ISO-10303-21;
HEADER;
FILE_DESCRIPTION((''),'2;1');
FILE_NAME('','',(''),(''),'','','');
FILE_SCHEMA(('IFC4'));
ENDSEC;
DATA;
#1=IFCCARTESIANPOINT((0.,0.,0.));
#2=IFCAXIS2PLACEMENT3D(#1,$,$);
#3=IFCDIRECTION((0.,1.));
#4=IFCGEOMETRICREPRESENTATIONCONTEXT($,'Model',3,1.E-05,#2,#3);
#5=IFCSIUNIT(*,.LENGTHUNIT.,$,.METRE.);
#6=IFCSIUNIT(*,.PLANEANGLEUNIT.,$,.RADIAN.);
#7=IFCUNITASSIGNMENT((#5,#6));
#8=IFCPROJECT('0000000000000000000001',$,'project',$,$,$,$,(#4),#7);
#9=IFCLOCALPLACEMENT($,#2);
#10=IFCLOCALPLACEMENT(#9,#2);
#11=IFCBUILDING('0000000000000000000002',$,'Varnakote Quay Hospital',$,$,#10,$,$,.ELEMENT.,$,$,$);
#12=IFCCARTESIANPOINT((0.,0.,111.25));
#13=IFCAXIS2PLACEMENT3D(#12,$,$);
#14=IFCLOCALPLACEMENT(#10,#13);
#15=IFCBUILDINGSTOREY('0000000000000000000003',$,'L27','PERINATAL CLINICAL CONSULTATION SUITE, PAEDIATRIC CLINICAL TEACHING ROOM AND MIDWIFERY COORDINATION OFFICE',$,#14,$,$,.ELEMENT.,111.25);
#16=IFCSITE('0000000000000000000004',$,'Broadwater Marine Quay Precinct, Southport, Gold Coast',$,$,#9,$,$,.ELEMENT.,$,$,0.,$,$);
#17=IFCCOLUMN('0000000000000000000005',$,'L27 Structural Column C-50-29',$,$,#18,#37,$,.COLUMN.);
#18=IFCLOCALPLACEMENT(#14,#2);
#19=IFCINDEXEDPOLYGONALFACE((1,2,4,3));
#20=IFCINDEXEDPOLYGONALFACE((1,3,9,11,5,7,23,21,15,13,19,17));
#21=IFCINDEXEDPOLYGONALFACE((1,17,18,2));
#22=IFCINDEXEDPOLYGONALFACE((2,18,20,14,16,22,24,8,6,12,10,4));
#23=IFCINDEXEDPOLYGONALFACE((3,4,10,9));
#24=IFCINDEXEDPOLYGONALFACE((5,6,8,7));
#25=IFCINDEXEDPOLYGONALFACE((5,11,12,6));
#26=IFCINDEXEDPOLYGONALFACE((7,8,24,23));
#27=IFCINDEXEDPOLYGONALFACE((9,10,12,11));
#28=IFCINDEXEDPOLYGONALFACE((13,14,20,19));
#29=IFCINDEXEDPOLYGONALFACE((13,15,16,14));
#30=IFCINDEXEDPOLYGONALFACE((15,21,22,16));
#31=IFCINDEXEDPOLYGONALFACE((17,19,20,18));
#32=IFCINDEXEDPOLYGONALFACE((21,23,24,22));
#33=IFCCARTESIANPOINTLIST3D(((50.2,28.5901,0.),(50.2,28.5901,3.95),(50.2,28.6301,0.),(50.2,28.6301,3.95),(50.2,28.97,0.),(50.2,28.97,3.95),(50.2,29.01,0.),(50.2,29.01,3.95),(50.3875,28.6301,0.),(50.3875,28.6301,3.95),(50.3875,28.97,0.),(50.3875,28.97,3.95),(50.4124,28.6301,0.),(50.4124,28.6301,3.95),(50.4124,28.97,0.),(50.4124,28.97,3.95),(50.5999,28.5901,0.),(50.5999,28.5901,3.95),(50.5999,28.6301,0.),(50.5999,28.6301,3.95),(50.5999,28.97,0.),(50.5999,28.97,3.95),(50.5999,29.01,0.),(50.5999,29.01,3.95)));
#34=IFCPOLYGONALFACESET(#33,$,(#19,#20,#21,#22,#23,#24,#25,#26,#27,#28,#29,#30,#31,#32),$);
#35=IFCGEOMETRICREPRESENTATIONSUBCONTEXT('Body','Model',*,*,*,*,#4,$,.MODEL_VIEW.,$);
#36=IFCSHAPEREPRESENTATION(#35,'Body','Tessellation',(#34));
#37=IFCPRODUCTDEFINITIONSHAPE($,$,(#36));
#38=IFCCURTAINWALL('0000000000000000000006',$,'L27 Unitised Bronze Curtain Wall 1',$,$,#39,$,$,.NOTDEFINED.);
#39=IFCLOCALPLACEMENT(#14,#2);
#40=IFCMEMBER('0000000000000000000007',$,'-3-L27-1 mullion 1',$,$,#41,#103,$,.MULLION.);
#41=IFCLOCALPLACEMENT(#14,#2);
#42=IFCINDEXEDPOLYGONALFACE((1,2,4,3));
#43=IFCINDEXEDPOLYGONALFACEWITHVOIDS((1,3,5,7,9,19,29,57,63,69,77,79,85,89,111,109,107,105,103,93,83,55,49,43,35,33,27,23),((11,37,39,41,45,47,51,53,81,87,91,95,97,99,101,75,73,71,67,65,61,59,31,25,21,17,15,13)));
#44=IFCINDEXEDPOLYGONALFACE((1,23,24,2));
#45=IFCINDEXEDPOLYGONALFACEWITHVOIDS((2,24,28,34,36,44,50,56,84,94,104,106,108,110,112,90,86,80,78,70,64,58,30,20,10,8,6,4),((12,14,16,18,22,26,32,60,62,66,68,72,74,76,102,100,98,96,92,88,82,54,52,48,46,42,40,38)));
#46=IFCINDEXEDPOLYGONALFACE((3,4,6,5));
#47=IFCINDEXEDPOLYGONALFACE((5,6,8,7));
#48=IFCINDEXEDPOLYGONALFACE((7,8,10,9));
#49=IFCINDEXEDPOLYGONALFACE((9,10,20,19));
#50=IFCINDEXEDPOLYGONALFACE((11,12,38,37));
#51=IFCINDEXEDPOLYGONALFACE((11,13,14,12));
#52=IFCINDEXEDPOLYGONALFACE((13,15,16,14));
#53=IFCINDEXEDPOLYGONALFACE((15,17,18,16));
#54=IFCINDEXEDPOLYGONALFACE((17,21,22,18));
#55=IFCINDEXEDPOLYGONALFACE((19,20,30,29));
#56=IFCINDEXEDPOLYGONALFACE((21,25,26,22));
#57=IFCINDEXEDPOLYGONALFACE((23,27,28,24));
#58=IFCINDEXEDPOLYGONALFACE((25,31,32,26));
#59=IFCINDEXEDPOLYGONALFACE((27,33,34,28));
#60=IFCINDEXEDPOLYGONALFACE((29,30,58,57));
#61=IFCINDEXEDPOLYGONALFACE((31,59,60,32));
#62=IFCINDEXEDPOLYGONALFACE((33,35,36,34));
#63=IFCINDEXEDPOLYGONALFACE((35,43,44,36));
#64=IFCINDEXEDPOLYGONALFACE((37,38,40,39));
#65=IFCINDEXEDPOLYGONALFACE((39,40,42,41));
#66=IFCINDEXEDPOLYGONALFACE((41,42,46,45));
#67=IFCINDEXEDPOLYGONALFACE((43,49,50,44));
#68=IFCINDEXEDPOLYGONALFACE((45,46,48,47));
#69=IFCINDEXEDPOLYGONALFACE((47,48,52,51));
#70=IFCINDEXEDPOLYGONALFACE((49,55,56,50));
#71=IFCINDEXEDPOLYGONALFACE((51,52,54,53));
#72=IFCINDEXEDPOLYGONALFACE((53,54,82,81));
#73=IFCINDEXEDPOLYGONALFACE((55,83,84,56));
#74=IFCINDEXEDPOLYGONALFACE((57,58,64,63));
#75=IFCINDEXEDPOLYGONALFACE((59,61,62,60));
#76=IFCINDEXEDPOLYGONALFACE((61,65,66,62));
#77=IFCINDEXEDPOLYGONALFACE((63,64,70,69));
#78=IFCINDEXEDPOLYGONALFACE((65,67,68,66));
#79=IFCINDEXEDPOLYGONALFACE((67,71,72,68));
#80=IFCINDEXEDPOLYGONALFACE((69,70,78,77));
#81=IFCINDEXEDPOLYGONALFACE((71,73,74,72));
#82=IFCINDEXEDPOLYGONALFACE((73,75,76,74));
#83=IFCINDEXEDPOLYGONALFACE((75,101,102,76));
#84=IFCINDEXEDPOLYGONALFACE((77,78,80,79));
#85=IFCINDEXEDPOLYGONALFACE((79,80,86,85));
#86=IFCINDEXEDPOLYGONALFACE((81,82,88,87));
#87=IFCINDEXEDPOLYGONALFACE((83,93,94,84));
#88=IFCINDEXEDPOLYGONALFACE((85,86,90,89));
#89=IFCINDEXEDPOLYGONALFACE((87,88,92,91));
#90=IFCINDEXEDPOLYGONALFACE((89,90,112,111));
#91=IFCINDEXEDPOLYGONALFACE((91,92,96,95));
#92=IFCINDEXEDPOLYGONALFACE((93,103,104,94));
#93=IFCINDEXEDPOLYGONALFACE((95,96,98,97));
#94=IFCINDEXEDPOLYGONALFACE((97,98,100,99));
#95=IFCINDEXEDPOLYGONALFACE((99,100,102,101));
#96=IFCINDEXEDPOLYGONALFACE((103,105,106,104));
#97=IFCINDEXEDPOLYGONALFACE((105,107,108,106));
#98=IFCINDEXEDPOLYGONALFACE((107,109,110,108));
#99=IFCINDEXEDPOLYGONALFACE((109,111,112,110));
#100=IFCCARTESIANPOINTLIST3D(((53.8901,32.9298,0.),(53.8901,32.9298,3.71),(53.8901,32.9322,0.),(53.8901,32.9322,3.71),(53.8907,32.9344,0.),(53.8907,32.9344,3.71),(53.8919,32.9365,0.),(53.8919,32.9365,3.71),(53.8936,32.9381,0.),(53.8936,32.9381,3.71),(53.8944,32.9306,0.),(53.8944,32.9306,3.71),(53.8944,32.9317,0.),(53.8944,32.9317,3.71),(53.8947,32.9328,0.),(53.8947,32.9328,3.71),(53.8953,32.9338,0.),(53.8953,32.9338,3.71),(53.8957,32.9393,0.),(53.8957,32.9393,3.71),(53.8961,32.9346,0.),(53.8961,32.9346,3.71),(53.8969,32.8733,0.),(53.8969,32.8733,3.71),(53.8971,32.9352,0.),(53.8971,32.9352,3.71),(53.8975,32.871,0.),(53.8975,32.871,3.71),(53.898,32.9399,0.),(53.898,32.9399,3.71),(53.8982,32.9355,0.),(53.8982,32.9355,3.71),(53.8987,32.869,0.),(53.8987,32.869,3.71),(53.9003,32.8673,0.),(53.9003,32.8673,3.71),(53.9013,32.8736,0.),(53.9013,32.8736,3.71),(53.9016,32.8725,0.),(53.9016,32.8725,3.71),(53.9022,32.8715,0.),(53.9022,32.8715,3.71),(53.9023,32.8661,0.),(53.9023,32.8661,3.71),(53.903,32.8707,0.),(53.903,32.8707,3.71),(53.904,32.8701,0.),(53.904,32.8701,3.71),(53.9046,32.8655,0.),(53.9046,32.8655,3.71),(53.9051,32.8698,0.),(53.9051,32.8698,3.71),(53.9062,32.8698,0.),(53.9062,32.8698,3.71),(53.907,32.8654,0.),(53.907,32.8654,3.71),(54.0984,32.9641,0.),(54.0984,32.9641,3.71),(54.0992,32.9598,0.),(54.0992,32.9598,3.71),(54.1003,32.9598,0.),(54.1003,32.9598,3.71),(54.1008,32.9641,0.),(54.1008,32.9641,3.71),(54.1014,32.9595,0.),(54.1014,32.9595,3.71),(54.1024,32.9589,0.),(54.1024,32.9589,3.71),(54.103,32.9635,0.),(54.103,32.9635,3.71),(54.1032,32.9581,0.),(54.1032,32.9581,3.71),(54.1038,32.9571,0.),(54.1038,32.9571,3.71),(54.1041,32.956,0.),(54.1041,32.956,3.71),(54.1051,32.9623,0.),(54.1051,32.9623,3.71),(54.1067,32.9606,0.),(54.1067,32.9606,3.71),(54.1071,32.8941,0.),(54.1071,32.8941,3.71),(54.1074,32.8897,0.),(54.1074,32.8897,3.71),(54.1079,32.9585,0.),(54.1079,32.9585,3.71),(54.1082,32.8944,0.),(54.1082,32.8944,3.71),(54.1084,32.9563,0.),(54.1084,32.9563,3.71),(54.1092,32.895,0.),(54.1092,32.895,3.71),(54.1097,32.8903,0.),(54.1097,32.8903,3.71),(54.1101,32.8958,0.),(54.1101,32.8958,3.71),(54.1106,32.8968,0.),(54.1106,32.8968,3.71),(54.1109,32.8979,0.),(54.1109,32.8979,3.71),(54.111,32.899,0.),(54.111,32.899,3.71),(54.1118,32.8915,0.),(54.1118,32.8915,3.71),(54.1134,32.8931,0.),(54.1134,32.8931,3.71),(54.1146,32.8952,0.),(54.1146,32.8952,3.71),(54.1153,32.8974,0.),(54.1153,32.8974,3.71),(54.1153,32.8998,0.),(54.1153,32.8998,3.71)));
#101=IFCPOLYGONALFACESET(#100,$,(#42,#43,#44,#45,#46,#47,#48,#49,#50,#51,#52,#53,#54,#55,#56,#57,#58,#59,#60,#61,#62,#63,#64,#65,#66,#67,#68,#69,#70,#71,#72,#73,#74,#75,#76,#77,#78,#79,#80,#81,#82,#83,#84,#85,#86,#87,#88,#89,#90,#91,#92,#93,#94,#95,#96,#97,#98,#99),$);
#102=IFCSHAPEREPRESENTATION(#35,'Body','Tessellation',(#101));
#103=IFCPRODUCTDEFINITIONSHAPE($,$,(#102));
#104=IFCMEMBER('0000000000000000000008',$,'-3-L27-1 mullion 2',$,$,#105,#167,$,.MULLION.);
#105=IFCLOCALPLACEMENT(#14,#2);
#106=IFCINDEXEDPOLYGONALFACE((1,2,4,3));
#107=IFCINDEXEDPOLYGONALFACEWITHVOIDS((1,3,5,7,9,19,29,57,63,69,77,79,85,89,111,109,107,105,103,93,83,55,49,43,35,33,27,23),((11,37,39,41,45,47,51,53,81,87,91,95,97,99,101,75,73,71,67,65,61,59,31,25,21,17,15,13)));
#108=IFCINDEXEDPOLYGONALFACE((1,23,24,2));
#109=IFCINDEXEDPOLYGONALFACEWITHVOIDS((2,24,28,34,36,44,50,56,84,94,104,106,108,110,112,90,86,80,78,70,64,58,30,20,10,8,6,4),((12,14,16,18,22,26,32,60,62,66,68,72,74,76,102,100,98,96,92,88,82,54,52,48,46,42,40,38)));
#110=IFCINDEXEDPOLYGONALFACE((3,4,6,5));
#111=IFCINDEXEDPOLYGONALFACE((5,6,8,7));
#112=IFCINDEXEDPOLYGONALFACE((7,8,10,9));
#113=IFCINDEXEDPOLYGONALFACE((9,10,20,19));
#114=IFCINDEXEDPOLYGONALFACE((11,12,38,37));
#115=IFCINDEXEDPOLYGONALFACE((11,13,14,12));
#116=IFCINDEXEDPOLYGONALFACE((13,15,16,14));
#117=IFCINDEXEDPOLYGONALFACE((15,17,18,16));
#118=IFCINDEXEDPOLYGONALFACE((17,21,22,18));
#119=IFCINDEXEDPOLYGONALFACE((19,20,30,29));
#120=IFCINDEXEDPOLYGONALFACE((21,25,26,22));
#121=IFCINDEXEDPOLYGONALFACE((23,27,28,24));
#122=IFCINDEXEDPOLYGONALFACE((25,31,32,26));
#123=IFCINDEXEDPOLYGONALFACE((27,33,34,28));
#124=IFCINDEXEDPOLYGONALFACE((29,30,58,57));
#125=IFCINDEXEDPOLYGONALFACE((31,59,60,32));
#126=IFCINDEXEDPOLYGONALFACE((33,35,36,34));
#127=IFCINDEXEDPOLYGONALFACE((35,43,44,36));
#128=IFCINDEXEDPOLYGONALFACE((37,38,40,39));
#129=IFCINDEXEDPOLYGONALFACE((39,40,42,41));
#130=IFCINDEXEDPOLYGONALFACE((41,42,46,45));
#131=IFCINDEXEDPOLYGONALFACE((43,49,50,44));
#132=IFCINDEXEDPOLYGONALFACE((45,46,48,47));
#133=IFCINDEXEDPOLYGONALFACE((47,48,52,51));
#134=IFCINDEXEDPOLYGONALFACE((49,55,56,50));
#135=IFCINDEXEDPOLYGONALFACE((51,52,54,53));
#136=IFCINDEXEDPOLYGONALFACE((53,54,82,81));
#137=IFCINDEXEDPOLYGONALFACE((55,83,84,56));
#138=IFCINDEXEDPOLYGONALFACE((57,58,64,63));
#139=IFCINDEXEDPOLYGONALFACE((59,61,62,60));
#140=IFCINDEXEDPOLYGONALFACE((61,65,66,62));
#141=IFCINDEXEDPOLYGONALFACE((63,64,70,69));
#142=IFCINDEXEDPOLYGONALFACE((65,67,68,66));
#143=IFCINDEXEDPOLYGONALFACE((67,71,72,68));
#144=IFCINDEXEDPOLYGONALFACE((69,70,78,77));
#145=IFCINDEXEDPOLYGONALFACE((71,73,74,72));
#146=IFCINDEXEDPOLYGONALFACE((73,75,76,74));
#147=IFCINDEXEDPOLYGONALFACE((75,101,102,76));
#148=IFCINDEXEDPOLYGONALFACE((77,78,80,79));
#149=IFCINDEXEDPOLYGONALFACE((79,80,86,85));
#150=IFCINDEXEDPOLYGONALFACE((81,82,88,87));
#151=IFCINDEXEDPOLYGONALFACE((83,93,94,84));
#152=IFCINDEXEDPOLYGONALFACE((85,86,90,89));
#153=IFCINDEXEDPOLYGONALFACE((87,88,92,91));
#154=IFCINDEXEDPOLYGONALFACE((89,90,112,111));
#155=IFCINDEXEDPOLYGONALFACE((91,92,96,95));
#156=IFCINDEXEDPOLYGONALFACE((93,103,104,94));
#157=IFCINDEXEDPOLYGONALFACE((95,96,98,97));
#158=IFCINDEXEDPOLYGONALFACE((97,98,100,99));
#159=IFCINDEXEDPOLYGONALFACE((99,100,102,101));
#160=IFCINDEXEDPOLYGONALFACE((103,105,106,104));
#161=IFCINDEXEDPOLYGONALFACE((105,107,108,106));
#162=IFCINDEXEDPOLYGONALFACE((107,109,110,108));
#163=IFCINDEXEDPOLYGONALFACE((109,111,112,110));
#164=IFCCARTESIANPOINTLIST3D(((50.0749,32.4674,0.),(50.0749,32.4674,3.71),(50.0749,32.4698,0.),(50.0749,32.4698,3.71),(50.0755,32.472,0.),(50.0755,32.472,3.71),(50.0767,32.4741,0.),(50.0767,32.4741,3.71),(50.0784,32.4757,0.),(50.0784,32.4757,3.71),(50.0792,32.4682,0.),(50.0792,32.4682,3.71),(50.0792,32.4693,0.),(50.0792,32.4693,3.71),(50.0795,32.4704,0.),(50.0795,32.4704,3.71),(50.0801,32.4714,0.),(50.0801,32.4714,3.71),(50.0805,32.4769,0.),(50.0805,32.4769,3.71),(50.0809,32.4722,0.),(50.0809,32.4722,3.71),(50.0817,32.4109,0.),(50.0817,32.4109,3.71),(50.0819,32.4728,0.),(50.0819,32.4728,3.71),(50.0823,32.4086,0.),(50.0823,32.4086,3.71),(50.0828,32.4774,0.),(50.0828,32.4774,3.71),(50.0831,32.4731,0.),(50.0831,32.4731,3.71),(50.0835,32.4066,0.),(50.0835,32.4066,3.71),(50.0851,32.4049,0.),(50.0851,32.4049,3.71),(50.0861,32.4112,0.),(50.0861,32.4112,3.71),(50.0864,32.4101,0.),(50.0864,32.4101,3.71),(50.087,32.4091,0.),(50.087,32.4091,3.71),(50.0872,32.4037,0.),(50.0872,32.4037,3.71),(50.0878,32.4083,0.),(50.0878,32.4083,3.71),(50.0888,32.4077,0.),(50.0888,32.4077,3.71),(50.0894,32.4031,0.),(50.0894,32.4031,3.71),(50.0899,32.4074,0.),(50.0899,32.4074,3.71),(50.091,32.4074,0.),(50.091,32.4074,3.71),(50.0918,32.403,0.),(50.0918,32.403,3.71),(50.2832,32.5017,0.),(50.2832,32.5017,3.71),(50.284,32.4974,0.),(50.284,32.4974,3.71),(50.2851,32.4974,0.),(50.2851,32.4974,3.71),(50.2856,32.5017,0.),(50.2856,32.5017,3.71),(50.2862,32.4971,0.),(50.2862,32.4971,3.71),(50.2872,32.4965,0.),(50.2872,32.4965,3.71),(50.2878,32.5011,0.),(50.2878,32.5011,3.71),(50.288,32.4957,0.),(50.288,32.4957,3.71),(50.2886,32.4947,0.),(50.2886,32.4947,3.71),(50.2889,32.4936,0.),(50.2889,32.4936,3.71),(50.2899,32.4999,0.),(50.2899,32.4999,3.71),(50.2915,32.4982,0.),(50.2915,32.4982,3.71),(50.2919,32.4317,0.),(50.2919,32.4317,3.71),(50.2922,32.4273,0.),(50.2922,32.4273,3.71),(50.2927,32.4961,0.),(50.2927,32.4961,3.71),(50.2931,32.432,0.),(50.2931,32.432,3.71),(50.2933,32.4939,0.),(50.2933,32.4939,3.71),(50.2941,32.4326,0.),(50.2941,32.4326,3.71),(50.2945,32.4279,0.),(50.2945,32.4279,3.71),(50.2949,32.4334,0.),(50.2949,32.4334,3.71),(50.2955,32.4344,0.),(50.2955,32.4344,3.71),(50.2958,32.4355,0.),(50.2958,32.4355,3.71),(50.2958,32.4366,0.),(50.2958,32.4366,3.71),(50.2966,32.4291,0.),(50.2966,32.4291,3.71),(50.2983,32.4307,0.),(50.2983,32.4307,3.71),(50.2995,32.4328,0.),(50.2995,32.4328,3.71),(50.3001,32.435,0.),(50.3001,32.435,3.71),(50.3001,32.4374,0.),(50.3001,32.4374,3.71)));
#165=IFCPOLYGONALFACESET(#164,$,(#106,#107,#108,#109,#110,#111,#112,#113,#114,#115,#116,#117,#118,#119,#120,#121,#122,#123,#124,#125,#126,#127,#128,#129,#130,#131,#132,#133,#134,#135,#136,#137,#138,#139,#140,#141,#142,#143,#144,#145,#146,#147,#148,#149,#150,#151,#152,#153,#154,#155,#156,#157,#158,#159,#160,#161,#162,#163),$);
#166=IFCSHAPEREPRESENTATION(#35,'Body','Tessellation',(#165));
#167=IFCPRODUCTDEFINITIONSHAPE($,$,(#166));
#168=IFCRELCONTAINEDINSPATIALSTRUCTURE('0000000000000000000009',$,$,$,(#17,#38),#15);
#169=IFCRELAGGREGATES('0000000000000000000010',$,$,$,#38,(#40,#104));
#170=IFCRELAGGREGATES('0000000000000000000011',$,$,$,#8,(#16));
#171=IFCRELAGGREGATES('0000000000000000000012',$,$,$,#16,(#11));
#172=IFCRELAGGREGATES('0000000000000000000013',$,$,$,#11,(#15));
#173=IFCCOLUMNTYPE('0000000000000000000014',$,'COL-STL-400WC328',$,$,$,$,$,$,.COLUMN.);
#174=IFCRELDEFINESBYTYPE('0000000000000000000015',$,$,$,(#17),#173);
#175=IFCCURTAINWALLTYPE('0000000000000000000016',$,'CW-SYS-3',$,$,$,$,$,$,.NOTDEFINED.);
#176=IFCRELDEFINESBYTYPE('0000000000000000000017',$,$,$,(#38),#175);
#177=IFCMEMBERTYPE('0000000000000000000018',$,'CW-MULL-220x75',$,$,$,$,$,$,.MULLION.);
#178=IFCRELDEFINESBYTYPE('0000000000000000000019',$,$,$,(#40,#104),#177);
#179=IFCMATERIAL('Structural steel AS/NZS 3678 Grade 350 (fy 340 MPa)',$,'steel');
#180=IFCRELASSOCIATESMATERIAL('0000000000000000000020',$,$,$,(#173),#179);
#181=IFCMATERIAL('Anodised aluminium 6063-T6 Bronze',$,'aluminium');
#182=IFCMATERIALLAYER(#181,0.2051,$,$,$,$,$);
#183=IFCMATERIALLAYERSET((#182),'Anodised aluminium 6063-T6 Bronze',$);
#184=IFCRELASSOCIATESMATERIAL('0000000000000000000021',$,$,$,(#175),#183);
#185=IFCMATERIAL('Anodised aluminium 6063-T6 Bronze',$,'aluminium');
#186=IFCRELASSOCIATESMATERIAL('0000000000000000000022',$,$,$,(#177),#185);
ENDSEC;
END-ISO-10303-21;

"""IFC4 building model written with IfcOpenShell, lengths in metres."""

from ifc_helpers import new_model, si_unit, direction, frame, origin, origin_2d, place, context, subcontext, project, spatial, hollow_rectangle, i_section, extrude, material, layer, layer_set, material_profile, profile_set, type_object, element, aggregate, save


model = new_model("IFC4")

# Units and contexts
model_context = context("Model", 3, precision=1e-05, world=origin(), true_north=direction((0.0, 1.0)))
body_context = subcontext(model_context, "Body", "Model", "MODEL_VIEW")
ifc_project = project(units=[si_unit("LENGTHUNIT", "METRE"), si_unit("PLANEANGLEUNIT", "RADIAN")], contexts=[model_context])

# Site, building, storey
site_placement = place(None, origin())
site = spatial("IfcSite", under=ifc_project, at=site_placement, Name="Broadwater Marine Quay Precinct, Southport, Gold Coast", CompositionType="ELEMENT", RefElevation=0.0)
building_placement = place(site_placement, origin())
building = spatial("IfcBuilding", under=site, at=building_placement, Name="Varnakote Quay Hospital", CompositionType="ELEMENT")
storey_placement = place(building_placement, frame((0.0, 0.0, 111.25)))
storey = spatial("IfcBuildingStorey", under=building, at=storey_placement, Name="L27", Description="PERINATAL CLINICAL CONSULTATION SUITE, PAEDIATRIC CLINICAL TEACHING ROOM AND MIDWIFERY COORDINATION OFFICE", CompositionType="ELEMENT", Elevation=111.25)

# Column
ifc_material_1 = material(Name="Structural steel AS/NZS 3678 Grade 350 (fy 340 MPa)", Category="steel")
ifc_material_profile_1 = material_profile(ifc_material_1, i_section(OverallWidth=0.3999, OverallDepth=0.4199, WebThickness=0.0249, FlangeThickness=0.04, at=origin_2d()), Name="400WC328")
ifc_profile_set_1 = profile_set([ifc_material_profile_1], Name="Structural steel AS/NZS 3678 Grade 350 (fy 340 MPa)")
column_type = type_object("IfcColumnType", Name="COL-STL-400WC328", PredefinedType="COLUMN", material=ifc_profile_set_1)
column_placement = place(storey_placement, frame((50.3999, 28.8, 0.0), z_axis=(0.0, 0.0, 1.0), x_axis=(1.0, 0.0, 0.0)))
element("IfcColumn", 1, at=column_placement, inside=storey, type_object=column_type, Name="L27 Structural Column C-50-29", PredefinedType="COLUMN", context=body_context, shape_type="SweptSolid", body=[
    extrude(i_section(OverallWidth=0.3999, OverallDepth=0.4199, WebThickness=0.0249, FlangeThickness=0.04, at=origin_2d()), origin(), (0.0, 0.0, 1.0), 3.95),
])

# Curtain wall, members
ifc_material_2 = material(Name="Anodised aluminium 6063-T6 Bronze", Category="aluminium")
ifc_layer_1 = layer(ifc_material_2, 0.2051)
ifc_layer_set_1 = layer_set([ifc_layer_1], Name="Anodised aluminium 6063-T6 Bronze")
curtain_wall_type = type_object("IfcCurtainWallType", Name="CW-SYS-3", PredefinedType="NOTDEFINED", material=ifc_layer_set_1)
curtain_wall_placement = place(storey_placement, origin())
curtain_wall = element("IfcCurtainWall", 2, at=curtain_wall_placement, inside=storey, type_object=curtain_wall_type, Name="L27 Unitised Bronze Curtain Wall 1", PredefinedType="NOTDEFINED")
ifc_material_3 = material(Name="Anodised aluminium 6063-T6 Bronze", Category="aluminium")
ifc_material_profile_2 = material_profile(ifc_material_3, hollow_rectangle(XDim=0.075, YDim=0.22, WallThickness=0.0044, InnerFilletRadius=0.0044, OuterFilletRadius=0.009, at=origin_2d()), Name="CW-MULL-220x75")
ifc_profile_set_2 = profile_set([ifc_material_profile_2], Name="Anodised aluminium 6063-T6 Bronze")
member_type_1 = type_object("IfcMemberType", Name="CW-MULL-220x75", PredefinedType="MULLION", material=ifc_profile_set_2)
member_1_placement = place(storey_placement, frame((54.0027, 32.9148, 0.0), z_axis=(0.0, 0.0, 1.0), x_axis=(0.120327, -0.992734, 0.0)))
member_1 = element("IfcMember", 3, at=member_1_placement, type_object=member_type_1, Name="-3-L27-1 mullion 1", PredefinedType="MULLION", context=body_context, shape_type="SweptSolid", body=[
    extrude(hollow_rectangle(XDim=0.075, YDim=0.22, WallThickness=0.0044, InnerFilletRadius=0.0044, OuterFilletRadius=0.009, at=origin_2d()), origin(), (0.0, 0.0, 1.0), 3.71),
])
member_2_placement = place(storey_placement, frame((50.1875, 32.4524, 0.0), z_axis=(0.0, 0.0, 1.0), x_axis=(0.120327, -0.992734, 0.0)))
member_2 = element("IfcMember", 4, at=member_2_placement, type_object=member_type_1, Name="-3-L27-1 mullion 2", PredefinedType="MULLION", context=body_context, shape_type="SweptSolid", body=[
    extrude(hollow_rectangle(XDim=0.075, YDim=0.22, WallThickness=0.0044, InnerFilletRadius=0.0044, OuterFilletRadius=0.009, at=origin_2d()), origin(), (0.0, 0.0, 1.0), 3.71),
])
aggregate(curtain_wall, [member_1, member_2])

save(model, "model.ifc")
